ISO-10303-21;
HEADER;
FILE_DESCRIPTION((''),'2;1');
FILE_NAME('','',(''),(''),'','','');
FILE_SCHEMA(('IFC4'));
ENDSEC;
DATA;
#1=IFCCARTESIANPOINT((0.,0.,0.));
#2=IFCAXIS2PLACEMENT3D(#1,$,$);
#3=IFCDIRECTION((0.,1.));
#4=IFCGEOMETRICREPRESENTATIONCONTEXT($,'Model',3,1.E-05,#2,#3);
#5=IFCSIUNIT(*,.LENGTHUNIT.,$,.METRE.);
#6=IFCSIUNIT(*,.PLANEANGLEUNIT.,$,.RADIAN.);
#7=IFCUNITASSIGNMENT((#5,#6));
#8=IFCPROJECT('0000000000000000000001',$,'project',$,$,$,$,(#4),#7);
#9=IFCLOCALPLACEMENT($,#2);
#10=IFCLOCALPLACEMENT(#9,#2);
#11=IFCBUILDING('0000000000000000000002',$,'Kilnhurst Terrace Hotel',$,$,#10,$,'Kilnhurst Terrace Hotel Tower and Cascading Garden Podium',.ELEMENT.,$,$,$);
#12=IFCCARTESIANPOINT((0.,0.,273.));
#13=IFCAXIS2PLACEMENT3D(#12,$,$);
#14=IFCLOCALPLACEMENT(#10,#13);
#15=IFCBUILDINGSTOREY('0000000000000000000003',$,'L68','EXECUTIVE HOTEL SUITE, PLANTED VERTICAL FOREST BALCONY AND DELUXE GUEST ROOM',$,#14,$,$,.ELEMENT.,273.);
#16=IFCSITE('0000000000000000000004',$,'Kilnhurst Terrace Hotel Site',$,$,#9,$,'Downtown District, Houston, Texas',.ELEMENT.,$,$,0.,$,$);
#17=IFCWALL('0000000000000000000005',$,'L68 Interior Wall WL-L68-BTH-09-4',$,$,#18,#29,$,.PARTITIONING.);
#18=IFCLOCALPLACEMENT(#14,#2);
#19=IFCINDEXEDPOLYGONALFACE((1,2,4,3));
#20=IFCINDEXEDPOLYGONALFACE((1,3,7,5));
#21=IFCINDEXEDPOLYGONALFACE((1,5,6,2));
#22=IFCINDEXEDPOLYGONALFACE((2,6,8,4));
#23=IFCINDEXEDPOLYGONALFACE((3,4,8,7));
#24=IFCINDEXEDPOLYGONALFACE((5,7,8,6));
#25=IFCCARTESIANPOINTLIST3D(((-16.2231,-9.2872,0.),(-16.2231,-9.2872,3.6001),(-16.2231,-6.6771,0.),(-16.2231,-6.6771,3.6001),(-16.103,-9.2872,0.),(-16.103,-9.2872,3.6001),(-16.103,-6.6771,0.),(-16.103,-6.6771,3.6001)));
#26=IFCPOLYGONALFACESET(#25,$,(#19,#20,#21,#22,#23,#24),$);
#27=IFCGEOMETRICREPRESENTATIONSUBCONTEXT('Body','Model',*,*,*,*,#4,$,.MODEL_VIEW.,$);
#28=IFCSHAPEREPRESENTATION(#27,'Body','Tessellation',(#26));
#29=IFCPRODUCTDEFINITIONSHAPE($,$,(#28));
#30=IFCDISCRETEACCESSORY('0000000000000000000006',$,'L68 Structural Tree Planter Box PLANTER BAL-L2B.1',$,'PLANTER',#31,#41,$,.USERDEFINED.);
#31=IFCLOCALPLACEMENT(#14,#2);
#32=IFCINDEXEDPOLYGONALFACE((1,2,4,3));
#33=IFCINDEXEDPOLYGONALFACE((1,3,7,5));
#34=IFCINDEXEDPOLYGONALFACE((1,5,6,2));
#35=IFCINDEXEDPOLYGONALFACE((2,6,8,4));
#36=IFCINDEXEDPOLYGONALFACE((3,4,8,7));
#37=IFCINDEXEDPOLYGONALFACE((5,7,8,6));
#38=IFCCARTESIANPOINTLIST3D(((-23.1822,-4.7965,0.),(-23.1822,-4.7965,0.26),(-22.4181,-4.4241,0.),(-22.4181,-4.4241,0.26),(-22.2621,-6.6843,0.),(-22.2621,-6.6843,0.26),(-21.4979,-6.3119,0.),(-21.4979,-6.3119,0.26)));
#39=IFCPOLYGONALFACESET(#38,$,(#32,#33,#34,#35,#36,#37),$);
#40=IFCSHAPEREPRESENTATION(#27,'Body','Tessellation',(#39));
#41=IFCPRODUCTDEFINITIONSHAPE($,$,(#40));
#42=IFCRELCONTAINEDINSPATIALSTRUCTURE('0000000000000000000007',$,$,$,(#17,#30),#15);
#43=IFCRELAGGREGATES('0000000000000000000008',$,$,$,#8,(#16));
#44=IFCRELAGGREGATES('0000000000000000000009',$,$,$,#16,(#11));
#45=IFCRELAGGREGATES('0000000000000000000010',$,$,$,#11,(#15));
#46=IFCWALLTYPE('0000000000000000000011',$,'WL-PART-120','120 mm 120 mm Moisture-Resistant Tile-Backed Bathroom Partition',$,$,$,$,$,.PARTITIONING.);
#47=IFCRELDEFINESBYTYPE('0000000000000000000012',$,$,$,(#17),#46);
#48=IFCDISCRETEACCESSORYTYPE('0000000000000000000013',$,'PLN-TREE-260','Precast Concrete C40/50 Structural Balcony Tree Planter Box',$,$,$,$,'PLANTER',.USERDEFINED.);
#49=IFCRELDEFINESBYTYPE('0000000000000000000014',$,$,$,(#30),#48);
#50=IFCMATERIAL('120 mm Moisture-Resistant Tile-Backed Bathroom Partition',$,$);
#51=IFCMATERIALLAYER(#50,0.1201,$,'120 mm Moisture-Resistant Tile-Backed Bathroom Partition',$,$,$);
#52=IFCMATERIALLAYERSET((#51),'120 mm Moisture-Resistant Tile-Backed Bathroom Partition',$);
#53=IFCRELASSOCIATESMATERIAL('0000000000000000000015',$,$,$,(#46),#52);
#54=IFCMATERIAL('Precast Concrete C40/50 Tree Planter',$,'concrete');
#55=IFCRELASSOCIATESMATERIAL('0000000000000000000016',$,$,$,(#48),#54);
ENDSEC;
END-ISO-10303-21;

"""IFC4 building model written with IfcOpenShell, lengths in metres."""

from ifc_helpers import new_model, si_unit, direction, frame, frame_2d, origin, origin_2d, place, context, subcontext, project, spatial, rectangle, extrude, material, layer, layer_set, type_object, element, save


model = new_model("IFC4")

# Units and contexts
model_context = context("Model", 3, precision=1e-05, world=origin(), true_north=direction((0.0, 1.0)))
body_context = subcontext(model_context, "Body", "Model", "MODEL_VIEW")
ifc_project = project(units=[si_unit("LENGTHUNIT", "METRE"), si_unit("PLANEANGLEUNIT", "RADIAN")], contexts=[model_context])

# Site, building, storey
site_placement = place(None, origin())
site = spatial("IfcSite", under=ifc_project, at=site_placement, Name="Kilnhurst Terrace Hotel Site", LongName="Downtown District, Houston, Texas", CompositionType="ELEMENT", RefElevation=0.0)
building_placement = place(site_placement, origin())
building = spatial("IfcBuilding", under=site, at=building_placement, Name="Kilnhurst Terrace Hotel", LongName="Kilnhurst Terrace Hotel Tower and Cascading Garden Podium", CompositionType="ELEMENT")
storey_placement = place(building_placement, frame((0.0, 0.0, 273.0)))
storey = spatial("IfcBuildingStorey", under=building, at=storey_placement, Name="L68", Description="EXECUTIVE HOTEL SUITE, PLANTED VERTICAL FOREST BALCONY AND DELUXE GUEST ROOM", CompositionType="ELEMENT", Elevation=273.0)

# Shared definitions
ifc_material_1 = material(Name="120 mm Moisture-Resistant Tile-Backed Bathroom Partition")
ifc_layer_1 = layer(ifc_material_1, 0.1201, Name="120 mm Moisture-Resistant Tile-Backed Bathroom Partition")
ifc_layer_set_1 = layer_set([ifc_layer_1], Name="120 mm Moisture-Resistant Tile-Backed Bathroom Partition")
wall_type_1 = type_object("IfcWallType", Name="WL-PART-120", Description="120 mm 120 mm Moisture-Resistant Tile-Backed Bathroom Partition", PredefinedType="PARTITIONING", material=ifc_layer_set_1)

# Wall
wall_1_placement = place(storey_placement, frame((-16.1631, -6.677, 0.0), z_axis=(0.0, 0.0, 1.0), x_axis=(0.0, -1.0, 0.0)))
element("IfcWall", 1, at=wall_1_placement, inside=storey, type_object=wall_type_1, Name="L68 Interior Wall WL-L68-BTH-09-4", PredefinedType="PARTITIONING", context=body_context, shape_type="SweptSolid", body=[
    extrude(rectangle(XDim=2.6101, YDim=0.1201, at=frame_2d((1.3052, 0.0))), origin(), (0.0, 0.0, 1.0), 3.6001),
])

# Discrete accessory
ifc_material_2 = material(Name="Precast Concrete C40/50 Tree Planter", Category="concrete")
discrete_accessory_type = type_object("IfcDiscreteAccessoryType", Name="PLN-TREE-260", Description="Precast Concrete C40/50 Structural Balcony Tree Planter Box", ElementType="PLANTER", PredefinedType="USERDEFINED", material=ifc_material_2)
discrete_accessory_placement = place(storey_placement, frame((-22.3401, -5.5542, 0.0), z_axis=(0.0, 0.0, 1.0), x_axis=(0.438136, -0.898909, 0.0)))
element("IfcDiscreteAccessory", 2, at=discrete_accessory_placement, inside=storey, type_object=discrete_accessory_type, Name="L68 Structural Tree Planter Box PLANTER BAL-L2B.1", ObjectType="PLANTER", PredefinedType="USERDEFINED", context=body_context, shape_type="SweptSolid", body=[
    extrude(rectangle(XDim=2.1001, YDim=0.8501, at=origin_2d()), origin(), (0.0, 0.0, 1.0), 0.26),
])

save(model, "model.ifc")
